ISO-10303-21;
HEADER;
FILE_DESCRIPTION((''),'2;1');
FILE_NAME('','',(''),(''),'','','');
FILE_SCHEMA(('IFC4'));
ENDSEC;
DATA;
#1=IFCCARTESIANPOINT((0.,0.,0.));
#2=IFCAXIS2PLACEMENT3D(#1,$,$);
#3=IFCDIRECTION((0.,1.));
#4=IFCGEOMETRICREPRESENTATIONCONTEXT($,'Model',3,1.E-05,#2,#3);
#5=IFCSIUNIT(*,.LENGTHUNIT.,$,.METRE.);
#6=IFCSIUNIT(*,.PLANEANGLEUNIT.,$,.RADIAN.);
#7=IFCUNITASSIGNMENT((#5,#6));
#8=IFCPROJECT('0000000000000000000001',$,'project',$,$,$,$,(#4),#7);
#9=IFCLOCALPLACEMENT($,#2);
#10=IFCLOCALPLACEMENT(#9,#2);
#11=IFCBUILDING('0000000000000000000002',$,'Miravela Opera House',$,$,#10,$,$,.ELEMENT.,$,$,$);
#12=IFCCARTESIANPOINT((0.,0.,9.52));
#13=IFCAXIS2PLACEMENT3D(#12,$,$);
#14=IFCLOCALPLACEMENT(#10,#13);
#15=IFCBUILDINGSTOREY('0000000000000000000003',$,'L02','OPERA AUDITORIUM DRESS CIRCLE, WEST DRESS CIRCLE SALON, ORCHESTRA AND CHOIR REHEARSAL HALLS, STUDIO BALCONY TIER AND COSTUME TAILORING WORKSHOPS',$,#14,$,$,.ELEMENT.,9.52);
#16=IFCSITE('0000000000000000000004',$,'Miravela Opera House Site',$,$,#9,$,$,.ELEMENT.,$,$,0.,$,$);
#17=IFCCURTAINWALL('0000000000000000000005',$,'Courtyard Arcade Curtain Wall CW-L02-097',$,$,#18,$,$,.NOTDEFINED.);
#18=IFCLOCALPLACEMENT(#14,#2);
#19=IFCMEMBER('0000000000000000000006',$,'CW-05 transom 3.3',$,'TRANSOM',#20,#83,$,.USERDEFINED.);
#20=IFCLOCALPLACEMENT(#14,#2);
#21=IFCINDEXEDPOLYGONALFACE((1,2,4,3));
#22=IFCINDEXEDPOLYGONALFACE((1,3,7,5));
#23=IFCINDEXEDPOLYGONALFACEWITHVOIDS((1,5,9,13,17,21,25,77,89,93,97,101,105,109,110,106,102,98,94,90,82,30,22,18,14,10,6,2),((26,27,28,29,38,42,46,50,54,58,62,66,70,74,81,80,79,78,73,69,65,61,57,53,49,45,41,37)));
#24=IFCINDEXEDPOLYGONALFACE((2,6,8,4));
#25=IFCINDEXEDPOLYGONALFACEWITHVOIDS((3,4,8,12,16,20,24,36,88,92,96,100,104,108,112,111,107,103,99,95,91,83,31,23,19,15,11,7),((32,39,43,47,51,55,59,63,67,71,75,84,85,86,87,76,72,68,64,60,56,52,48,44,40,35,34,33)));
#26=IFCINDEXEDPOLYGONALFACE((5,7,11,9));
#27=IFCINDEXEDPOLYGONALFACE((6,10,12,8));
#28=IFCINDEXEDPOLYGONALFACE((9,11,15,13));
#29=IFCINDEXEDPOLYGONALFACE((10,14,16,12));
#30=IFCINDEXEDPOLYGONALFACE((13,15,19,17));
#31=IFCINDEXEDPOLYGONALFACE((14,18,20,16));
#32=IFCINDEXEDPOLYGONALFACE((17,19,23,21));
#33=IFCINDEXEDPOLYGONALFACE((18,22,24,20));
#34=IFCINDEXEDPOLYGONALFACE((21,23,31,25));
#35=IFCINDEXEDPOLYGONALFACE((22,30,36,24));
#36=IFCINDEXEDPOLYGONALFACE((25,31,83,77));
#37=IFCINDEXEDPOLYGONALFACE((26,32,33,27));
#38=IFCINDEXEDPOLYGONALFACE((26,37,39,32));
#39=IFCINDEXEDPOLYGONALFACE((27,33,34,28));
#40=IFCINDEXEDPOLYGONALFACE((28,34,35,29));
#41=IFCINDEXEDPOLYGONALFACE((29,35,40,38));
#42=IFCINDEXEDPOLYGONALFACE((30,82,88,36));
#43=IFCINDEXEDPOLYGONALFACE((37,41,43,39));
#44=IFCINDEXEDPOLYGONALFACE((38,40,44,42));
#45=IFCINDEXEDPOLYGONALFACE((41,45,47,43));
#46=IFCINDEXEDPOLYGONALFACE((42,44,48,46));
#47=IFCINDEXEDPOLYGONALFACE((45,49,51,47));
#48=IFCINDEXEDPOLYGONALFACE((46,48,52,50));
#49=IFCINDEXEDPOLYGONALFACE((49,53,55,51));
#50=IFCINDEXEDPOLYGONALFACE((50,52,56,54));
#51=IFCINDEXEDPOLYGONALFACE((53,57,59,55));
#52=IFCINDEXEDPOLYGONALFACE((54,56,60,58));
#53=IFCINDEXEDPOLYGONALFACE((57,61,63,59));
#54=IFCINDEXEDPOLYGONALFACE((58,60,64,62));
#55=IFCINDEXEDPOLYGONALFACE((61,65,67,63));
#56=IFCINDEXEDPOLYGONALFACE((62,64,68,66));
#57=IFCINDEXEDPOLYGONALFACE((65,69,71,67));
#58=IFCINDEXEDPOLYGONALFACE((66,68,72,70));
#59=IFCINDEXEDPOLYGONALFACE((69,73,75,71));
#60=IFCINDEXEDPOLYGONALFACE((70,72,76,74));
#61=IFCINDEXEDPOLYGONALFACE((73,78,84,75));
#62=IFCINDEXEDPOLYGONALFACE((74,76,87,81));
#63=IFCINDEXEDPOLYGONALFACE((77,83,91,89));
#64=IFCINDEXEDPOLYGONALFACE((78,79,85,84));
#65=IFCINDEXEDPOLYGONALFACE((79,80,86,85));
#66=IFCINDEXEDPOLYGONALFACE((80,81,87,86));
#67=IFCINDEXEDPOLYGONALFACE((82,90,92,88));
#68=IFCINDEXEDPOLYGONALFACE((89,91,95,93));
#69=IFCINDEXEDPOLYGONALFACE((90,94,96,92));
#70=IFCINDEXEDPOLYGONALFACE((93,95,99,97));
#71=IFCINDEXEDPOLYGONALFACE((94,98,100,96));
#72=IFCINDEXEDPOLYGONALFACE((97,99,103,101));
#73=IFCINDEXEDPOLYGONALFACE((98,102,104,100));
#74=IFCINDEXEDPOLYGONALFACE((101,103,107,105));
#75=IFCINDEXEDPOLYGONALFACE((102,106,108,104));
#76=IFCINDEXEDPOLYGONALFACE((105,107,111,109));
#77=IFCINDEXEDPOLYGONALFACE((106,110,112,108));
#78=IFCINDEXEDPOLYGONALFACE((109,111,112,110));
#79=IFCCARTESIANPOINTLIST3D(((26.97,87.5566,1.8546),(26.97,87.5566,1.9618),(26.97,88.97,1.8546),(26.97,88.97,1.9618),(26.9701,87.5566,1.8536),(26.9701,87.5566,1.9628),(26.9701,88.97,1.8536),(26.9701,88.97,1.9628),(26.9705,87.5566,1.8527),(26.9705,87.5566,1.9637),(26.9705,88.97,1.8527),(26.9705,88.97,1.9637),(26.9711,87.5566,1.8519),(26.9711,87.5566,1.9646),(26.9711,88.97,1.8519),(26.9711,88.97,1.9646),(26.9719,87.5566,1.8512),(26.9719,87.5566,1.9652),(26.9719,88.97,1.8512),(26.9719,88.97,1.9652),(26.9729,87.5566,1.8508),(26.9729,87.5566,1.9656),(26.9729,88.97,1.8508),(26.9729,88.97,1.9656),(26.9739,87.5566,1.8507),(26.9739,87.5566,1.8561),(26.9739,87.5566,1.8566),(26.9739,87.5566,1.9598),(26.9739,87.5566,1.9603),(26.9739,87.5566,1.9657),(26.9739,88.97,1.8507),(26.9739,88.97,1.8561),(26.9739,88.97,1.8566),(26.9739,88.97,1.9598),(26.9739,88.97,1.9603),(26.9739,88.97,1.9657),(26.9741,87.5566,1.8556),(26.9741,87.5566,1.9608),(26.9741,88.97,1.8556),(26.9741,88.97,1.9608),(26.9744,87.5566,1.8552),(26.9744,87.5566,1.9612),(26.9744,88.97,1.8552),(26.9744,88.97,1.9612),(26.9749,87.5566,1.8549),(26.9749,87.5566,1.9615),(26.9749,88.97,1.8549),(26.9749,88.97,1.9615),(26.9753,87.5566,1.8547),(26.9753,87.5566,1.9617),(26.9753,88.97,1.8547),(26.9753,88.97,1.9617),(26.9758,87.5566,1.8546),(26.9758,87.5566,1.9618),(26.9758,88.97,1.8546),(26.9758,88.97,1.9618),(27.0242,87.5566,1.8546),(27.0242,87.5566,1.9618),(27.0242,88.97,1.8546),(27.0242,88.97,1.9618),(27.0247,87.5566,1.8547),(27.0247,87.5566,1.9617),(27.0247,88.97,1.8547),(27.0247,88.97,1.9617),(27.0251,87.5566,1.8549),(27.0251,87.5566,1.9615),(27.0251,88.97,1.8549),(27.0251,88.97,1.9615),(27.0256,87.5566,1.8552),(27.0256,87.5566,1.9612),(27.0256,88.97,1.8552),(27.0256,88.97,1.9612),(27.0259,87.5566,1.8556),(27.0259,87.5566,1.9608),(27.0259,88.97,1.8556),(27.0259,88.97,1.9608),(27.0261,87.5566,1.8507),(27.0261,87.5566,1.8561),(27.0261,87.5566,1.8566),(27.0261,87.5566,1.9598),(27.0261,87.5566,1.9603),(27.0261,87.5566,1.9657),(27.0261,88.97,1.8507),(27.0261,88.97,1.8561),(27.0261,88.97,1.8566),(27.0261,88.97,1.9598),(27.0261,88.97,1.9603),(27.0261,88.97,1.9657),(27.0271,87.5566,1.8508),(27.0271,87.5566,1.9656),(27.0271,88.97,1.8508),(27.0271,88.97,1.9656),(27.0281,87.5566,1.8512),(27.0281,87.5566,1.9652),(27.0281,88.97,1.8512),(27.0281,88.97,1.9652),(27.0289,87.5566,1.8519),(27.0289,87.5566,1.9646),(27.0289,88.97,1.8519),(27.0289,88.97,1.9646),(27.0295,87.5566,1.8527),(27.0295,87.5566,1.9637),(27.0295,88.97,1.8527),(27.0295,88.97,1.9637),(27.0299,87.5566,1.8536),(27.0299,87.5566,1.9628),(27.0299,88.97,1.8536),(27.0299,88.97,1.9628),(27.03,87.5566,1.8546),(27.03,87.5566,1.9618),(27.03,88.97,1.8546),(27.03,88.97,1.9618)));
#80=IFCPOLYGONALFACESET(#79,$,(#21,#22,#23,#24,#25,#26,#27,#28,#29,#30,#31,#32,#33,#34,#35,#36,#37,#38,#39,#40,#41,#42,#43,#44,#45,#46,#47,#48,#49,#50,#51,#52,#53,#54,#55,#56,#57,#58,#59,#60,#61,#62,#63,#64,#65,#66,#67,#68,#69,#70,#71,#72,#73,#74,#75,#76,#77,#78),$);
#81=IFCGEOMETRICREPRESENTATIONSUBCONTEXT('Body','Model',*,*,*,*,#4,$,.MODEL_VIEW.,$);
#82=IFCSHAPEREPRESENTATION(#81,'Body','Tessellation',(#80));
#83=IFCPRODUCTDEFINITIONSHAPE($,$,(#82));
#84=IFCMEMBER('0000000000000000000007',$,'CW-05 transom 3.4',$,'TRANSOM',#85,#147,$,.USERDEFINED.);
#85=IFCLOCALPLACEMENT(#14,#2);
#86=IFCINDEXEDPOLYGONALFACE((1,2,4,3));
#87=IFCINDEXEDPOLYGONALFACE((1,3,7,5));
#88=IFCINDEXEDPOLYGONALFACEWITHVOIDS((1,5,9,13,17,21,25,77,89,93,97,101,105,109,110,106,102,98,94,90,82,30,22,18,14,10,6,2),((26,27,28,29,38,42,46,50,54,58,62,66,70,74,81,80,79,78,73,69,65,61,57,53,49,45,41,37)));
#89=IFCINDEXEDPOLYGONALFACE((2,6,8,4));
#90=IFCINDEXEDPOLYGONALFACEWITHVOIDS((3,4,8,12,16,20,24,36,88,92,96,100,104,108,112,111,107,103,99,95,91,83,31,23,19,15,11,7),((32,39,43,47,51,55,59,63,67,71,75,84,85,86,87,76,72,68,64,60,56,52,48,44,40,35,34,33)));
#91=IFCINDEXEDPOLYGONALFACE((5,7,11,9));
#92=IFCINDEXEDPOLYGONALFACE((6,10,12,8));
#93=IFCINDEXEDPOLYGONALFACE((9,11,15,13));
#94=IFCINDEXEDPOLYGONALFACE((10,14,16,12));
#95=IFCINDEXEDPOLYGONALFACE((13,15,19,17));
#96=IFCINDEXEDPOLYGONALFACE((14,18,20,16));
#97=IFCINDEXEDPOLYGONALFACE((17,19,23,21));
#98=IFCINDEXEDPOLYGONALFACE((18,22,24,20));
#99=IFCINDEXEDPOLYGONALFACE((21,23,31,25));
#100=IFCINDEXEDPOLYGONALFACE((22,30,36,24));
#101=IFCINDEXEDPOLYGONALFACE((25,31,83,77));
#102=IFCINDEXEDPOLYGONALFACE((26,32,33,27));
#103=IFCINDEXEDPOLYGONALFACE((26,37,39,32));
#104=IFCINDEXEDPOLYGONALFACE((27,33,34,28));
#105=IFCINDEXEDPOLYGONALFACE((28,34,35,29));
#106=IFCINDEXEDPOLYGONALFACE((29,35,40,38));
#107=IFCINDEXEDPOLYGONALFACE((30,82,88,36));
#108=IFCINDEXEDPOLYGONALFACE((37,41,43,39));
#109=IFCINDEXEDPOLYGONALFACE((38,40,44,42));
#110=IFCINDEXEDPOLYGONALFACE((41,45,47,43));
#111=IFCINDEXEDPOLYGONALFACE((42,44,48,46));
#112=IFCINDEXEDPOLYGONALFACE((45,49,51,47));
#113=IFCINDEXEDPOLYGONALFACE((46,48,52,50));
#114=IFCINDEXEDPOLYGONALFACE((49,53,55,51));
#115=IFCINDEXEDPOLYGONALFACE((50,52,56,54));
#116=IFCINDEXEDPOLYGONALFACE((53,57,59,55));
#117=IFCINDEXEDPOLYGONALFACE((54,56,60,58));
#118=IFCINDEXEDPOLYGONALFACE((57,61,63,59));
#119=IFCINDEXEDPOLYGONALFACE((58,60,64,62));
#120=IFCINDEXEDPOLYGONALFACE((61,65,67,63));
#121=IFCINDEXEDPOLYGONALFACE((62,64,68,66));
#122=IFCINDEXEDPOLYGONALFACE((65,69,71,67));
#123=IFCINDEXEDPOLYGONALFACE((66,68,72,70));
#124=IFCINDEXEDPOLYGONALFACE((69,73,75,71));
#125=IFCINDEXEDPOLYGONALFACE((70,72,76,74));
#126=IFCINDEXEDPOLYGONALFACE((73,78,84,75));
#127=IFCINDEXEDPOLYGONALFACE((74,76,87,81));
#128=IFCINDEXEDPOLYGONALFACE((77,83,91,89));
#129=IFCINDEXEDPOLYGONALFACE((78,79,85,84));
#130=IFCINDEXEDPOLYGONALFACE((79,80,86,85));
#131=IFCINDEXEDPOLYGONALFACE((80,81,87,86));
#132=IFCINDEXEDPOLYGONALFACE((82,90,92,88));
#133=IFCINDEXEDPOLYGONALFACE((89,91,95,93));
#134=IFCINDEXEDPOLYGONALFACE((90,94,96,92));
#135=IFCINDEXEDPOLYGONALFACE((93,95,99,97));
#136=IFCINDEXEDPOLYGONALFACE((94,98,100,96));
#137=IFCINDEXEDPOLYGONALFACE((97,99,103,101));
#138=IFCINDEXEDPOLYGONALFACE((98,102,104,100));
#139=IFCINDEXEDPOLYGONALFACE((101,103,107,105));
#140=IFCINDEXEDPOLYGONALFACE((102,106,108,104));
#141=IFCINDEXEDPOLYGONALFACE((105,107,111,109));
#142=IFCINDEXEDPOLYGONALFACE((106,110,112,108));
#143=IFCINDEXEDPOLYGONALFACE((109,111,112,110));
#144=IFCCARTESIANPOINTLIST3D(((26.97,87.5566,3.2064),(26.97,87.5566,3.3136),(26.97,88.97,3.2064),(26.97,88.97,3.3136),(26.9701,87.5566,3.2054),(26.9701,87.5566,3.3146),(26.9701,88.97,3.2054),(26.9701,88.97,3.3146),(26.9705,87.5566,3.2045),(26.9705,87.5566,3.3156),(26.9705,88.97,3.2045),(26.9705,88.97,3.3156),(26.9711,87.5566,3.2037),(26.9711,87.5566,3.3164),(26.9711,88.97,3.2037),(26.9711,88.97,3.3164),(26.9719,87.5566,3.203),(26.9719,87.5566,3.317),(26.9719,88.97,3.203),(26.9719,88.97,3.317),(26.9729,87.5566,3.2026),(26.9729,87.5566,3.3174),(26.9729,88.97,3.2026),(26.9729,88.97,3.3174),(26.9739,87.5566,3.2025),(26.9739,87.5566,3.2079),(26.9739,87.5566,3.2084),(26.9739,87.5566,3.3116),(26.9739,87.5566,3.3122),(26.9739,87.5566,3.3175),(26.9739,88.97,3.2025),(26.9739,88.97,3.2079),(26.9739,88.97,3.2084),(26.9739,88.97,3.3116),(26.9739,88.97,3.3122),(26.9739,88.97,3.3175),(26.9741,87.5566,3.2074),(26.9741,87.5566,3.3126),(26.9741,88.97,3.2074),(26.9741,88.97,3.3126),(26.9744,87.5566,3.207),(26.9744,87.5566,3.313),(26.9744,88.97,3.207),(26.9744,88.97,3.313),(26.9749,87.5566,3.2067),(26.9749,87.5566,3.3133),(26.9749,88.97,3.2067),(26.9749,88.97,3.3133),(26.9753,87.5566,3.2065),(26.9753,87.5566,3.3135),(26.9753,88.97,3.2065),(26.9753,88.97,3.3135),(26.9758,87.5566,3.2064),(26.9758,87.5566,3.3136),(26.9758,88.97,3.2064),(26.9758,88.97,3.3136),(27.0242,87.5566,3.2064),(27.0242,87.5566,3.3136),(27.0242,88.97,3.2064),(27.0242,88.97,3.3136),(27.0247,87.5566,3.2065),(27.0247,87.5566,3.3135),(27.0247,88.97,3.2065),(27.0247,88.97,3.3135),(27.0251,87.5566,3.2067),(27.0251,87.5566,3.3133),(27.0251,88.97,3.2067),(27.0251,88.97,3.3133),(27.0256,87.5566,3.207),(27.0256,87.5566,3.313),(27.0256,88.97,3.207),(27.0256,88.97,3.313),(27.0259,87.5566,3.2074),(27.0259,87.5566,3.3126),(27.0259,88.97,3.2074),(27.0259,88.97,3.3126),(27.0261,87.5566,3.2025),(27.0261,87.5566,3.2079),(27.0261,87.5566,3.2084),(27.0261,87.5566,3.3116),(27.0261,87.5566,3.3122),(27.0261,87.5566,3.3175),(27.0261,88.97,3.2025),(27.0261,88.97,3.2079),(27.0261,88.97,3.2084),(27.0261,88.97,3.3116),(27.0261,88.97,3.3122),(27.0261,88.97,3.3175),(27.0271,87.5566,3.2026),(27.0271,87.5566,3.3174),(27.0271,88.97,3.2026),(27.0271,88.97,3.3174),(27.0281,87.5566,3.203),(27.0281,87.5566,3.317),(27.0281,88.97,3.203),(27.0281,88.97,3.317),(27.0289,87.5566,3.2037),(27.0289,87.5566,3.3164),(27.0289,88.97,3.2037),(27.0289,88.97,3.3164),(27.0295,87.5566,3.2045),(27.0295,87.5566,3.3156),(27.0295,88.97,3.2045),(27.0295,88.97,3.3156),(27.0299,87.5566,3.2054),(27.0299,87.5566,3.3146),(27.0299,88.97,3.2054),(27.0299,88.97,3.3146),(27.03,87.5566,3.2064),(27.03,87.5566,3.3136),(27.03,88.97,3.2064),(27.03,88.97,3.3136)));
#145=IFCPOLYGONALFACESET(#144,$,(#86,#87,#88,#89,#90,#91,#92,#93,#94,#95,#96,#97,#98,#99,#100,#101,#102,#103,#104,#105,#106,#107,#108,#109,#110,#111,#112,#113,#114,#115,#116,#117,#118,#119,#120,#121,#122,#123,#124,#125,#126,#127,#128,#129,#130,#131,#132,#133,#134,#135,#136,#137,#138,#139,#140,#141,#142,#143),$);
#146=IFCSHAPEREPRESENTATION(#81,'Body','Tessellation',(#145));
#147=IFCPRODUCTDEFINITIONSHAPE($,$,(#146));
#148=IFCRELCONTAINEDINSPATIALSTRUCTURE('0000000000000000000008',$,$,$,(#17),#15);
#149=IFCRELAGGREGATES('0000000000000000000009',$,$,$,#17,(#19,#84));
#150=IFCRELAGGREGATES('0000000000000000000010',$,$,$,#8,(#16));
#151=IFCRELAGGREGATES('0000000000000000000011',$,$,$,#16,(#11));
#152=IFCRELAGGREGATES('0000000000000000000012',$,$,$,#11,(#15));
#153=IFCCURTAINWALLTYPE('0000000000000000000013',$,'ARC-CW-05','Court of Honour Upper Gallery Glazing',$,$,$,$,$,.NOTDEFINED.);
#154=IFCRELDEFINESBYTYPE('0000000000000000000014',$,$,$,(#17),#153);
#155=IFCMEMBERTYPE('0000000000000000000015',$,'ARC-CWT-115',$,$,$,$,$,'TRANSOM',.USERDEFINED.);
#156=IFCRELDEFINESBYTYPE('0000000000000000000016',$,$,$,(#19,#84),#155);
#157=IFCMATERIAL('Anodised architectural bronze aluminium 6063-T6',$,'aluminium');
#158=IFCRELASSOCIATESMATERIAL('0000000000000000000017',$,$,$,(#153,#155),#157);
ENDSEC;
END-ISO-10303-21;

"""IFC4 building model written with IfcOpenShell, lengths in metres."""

from ifc_helpers import new_model, si_unit, direction, frame, origin, origin_2d, place, context, subcontext, project, spatial, hollow_rectangle, extrude, material, material_profile, profile_set, type_object, element, aggregate, save


model = new_model("IFC4")

# Units and contexts
model_context = context("Model", 3, precision=1e-05, world=origin(), true_north=direction((0.0, 1.0)))
body_context = subcontext(model_context, "Body", "Model", "MODEL_VIEW")
ifc_project = project(units=[si_unit("LENGTHUNIT", "METRE"), si_unit("PLANEANGLEUNIT", "RADIAN")], contexts=[model_context])

# Site, building, storey
site_placement = place(None, origin())
site = spatial("IfcSite", under=ifc_project, at=site_placement, Name="Miravela Opera House Site", CompositionType="ELEMENT", RefElevation=0.0)
building_placement = place(site_placement, origin())
building = spatial("IfcBuilding", under=site, at=building_placement, Name="Miravela Opera House", CompositionType="ELEMENT")
storey_placement = place(building_placement, frame((0.0, 0.0, 9.52)))
storey = spatial("IfcBuildingStorey", under=building, at=storey_placement, Name="L02", Description="OPERA AUDITORIUM DRESS CIRCLE, WEST DRESS CIRCLE SALON, ORCHESTRA AND CHOIR REHEARSAL HALLS, STUDIO BALCONY TIER AND COSTUME TAILORING WORKSHOPS", CompositionType="ELEMENT", Elevation=9.52)

# Curtain wall, members
ifc_material_1 = material(Name="Anodised architectural bronze aluminium 6063-T6", Category="aluminium")
curtain_wall_type = type_object("IfcCurtainWallType", Name="ARC-CW-05", Description="Court of Honour Upper Gallery Glazing", PredefinedType="NOTDEFINED", material=ifc_material_1)
curtain_wall_placement = place(storey_placement, origin())
curtain_wall = element("IfcCurtainWall", 1, at=curtain_wall_placement, inside=storey, type_object=curtain_wall_type, Name="Courtyard Arcade Curtain Wall CW-L02-097", PredefinedType="NOTDEFINED")
ifc_material_profile_1 = material_profile(ifc_material_1, hollow_rectangle(XDim=0.0601, YDim=0.115, WallThickness=0.0039, InnerFilletRadius=0.002, OuterFilletRadius=0.0039, at=origin_2d()), Name="CWT-60X115")
ifc_profile_set_1 = profile_set([ifc_material_profile_1])
member_type_1 = type_object("IfcMemberType", Name="ARC-CWT-115", ElementType="TRANSOM", PredefinedType="USERDEFINED", material=ifc_profile_set_1)
member_1_placement = place(storey_placement, frame((27.0, 87.5566, 1.9082), z_axis=(0.0, 1.0, 0.0), x_axis=(-1.0, 0.0, 0.0)))
member_1 = element("IfcMember", 2, at=member_1_placement, type_object=member_type_1, Name="CW-05 transom 3.3", ObjectType="TRANSOM", PredefinedType="USERDEFINED", context=body_context, shape_type="SweptSolid", body=[
    extrude(hollow_rectangle(XDim=0.0601, YDim=0.115, WallThickness=0.0039, InnerFilletRadius=0.002, OuterFilletRadius=0.0039, at=origin_2d()), origin(), (0.0, 0.0, 1.0), 1.4133),
])
member_2_placement = place(storey_placement, frame((27.0, 87.5566, 3.26), z_axis=(0.0, 1.0, 0.0), x_axis=(-1.0, 0.0, 0.0)))
member_2 = element("IfcMember", 3, at=member_2_placement, type_object=member_type_1, Name="CW-05 transom 3.4", ObjectType="TRANSOM", PredefinedType="USERDEFINED", context=body_context, shape_type="SweptSolid", body=[
    extrude(hollow_rectangle(XDim=0.0601, YDim=0.115, WallThickness=0.0039, InnerFilletRadius=0.002, OuterFilletRadius=0.0039, at=origin_2d()), origin(), (0.0, 0.0, 1.0), 1.4133),
])
aggregate(curtain_wall, [member_1, member_2])

save(model, "model.ifc")
